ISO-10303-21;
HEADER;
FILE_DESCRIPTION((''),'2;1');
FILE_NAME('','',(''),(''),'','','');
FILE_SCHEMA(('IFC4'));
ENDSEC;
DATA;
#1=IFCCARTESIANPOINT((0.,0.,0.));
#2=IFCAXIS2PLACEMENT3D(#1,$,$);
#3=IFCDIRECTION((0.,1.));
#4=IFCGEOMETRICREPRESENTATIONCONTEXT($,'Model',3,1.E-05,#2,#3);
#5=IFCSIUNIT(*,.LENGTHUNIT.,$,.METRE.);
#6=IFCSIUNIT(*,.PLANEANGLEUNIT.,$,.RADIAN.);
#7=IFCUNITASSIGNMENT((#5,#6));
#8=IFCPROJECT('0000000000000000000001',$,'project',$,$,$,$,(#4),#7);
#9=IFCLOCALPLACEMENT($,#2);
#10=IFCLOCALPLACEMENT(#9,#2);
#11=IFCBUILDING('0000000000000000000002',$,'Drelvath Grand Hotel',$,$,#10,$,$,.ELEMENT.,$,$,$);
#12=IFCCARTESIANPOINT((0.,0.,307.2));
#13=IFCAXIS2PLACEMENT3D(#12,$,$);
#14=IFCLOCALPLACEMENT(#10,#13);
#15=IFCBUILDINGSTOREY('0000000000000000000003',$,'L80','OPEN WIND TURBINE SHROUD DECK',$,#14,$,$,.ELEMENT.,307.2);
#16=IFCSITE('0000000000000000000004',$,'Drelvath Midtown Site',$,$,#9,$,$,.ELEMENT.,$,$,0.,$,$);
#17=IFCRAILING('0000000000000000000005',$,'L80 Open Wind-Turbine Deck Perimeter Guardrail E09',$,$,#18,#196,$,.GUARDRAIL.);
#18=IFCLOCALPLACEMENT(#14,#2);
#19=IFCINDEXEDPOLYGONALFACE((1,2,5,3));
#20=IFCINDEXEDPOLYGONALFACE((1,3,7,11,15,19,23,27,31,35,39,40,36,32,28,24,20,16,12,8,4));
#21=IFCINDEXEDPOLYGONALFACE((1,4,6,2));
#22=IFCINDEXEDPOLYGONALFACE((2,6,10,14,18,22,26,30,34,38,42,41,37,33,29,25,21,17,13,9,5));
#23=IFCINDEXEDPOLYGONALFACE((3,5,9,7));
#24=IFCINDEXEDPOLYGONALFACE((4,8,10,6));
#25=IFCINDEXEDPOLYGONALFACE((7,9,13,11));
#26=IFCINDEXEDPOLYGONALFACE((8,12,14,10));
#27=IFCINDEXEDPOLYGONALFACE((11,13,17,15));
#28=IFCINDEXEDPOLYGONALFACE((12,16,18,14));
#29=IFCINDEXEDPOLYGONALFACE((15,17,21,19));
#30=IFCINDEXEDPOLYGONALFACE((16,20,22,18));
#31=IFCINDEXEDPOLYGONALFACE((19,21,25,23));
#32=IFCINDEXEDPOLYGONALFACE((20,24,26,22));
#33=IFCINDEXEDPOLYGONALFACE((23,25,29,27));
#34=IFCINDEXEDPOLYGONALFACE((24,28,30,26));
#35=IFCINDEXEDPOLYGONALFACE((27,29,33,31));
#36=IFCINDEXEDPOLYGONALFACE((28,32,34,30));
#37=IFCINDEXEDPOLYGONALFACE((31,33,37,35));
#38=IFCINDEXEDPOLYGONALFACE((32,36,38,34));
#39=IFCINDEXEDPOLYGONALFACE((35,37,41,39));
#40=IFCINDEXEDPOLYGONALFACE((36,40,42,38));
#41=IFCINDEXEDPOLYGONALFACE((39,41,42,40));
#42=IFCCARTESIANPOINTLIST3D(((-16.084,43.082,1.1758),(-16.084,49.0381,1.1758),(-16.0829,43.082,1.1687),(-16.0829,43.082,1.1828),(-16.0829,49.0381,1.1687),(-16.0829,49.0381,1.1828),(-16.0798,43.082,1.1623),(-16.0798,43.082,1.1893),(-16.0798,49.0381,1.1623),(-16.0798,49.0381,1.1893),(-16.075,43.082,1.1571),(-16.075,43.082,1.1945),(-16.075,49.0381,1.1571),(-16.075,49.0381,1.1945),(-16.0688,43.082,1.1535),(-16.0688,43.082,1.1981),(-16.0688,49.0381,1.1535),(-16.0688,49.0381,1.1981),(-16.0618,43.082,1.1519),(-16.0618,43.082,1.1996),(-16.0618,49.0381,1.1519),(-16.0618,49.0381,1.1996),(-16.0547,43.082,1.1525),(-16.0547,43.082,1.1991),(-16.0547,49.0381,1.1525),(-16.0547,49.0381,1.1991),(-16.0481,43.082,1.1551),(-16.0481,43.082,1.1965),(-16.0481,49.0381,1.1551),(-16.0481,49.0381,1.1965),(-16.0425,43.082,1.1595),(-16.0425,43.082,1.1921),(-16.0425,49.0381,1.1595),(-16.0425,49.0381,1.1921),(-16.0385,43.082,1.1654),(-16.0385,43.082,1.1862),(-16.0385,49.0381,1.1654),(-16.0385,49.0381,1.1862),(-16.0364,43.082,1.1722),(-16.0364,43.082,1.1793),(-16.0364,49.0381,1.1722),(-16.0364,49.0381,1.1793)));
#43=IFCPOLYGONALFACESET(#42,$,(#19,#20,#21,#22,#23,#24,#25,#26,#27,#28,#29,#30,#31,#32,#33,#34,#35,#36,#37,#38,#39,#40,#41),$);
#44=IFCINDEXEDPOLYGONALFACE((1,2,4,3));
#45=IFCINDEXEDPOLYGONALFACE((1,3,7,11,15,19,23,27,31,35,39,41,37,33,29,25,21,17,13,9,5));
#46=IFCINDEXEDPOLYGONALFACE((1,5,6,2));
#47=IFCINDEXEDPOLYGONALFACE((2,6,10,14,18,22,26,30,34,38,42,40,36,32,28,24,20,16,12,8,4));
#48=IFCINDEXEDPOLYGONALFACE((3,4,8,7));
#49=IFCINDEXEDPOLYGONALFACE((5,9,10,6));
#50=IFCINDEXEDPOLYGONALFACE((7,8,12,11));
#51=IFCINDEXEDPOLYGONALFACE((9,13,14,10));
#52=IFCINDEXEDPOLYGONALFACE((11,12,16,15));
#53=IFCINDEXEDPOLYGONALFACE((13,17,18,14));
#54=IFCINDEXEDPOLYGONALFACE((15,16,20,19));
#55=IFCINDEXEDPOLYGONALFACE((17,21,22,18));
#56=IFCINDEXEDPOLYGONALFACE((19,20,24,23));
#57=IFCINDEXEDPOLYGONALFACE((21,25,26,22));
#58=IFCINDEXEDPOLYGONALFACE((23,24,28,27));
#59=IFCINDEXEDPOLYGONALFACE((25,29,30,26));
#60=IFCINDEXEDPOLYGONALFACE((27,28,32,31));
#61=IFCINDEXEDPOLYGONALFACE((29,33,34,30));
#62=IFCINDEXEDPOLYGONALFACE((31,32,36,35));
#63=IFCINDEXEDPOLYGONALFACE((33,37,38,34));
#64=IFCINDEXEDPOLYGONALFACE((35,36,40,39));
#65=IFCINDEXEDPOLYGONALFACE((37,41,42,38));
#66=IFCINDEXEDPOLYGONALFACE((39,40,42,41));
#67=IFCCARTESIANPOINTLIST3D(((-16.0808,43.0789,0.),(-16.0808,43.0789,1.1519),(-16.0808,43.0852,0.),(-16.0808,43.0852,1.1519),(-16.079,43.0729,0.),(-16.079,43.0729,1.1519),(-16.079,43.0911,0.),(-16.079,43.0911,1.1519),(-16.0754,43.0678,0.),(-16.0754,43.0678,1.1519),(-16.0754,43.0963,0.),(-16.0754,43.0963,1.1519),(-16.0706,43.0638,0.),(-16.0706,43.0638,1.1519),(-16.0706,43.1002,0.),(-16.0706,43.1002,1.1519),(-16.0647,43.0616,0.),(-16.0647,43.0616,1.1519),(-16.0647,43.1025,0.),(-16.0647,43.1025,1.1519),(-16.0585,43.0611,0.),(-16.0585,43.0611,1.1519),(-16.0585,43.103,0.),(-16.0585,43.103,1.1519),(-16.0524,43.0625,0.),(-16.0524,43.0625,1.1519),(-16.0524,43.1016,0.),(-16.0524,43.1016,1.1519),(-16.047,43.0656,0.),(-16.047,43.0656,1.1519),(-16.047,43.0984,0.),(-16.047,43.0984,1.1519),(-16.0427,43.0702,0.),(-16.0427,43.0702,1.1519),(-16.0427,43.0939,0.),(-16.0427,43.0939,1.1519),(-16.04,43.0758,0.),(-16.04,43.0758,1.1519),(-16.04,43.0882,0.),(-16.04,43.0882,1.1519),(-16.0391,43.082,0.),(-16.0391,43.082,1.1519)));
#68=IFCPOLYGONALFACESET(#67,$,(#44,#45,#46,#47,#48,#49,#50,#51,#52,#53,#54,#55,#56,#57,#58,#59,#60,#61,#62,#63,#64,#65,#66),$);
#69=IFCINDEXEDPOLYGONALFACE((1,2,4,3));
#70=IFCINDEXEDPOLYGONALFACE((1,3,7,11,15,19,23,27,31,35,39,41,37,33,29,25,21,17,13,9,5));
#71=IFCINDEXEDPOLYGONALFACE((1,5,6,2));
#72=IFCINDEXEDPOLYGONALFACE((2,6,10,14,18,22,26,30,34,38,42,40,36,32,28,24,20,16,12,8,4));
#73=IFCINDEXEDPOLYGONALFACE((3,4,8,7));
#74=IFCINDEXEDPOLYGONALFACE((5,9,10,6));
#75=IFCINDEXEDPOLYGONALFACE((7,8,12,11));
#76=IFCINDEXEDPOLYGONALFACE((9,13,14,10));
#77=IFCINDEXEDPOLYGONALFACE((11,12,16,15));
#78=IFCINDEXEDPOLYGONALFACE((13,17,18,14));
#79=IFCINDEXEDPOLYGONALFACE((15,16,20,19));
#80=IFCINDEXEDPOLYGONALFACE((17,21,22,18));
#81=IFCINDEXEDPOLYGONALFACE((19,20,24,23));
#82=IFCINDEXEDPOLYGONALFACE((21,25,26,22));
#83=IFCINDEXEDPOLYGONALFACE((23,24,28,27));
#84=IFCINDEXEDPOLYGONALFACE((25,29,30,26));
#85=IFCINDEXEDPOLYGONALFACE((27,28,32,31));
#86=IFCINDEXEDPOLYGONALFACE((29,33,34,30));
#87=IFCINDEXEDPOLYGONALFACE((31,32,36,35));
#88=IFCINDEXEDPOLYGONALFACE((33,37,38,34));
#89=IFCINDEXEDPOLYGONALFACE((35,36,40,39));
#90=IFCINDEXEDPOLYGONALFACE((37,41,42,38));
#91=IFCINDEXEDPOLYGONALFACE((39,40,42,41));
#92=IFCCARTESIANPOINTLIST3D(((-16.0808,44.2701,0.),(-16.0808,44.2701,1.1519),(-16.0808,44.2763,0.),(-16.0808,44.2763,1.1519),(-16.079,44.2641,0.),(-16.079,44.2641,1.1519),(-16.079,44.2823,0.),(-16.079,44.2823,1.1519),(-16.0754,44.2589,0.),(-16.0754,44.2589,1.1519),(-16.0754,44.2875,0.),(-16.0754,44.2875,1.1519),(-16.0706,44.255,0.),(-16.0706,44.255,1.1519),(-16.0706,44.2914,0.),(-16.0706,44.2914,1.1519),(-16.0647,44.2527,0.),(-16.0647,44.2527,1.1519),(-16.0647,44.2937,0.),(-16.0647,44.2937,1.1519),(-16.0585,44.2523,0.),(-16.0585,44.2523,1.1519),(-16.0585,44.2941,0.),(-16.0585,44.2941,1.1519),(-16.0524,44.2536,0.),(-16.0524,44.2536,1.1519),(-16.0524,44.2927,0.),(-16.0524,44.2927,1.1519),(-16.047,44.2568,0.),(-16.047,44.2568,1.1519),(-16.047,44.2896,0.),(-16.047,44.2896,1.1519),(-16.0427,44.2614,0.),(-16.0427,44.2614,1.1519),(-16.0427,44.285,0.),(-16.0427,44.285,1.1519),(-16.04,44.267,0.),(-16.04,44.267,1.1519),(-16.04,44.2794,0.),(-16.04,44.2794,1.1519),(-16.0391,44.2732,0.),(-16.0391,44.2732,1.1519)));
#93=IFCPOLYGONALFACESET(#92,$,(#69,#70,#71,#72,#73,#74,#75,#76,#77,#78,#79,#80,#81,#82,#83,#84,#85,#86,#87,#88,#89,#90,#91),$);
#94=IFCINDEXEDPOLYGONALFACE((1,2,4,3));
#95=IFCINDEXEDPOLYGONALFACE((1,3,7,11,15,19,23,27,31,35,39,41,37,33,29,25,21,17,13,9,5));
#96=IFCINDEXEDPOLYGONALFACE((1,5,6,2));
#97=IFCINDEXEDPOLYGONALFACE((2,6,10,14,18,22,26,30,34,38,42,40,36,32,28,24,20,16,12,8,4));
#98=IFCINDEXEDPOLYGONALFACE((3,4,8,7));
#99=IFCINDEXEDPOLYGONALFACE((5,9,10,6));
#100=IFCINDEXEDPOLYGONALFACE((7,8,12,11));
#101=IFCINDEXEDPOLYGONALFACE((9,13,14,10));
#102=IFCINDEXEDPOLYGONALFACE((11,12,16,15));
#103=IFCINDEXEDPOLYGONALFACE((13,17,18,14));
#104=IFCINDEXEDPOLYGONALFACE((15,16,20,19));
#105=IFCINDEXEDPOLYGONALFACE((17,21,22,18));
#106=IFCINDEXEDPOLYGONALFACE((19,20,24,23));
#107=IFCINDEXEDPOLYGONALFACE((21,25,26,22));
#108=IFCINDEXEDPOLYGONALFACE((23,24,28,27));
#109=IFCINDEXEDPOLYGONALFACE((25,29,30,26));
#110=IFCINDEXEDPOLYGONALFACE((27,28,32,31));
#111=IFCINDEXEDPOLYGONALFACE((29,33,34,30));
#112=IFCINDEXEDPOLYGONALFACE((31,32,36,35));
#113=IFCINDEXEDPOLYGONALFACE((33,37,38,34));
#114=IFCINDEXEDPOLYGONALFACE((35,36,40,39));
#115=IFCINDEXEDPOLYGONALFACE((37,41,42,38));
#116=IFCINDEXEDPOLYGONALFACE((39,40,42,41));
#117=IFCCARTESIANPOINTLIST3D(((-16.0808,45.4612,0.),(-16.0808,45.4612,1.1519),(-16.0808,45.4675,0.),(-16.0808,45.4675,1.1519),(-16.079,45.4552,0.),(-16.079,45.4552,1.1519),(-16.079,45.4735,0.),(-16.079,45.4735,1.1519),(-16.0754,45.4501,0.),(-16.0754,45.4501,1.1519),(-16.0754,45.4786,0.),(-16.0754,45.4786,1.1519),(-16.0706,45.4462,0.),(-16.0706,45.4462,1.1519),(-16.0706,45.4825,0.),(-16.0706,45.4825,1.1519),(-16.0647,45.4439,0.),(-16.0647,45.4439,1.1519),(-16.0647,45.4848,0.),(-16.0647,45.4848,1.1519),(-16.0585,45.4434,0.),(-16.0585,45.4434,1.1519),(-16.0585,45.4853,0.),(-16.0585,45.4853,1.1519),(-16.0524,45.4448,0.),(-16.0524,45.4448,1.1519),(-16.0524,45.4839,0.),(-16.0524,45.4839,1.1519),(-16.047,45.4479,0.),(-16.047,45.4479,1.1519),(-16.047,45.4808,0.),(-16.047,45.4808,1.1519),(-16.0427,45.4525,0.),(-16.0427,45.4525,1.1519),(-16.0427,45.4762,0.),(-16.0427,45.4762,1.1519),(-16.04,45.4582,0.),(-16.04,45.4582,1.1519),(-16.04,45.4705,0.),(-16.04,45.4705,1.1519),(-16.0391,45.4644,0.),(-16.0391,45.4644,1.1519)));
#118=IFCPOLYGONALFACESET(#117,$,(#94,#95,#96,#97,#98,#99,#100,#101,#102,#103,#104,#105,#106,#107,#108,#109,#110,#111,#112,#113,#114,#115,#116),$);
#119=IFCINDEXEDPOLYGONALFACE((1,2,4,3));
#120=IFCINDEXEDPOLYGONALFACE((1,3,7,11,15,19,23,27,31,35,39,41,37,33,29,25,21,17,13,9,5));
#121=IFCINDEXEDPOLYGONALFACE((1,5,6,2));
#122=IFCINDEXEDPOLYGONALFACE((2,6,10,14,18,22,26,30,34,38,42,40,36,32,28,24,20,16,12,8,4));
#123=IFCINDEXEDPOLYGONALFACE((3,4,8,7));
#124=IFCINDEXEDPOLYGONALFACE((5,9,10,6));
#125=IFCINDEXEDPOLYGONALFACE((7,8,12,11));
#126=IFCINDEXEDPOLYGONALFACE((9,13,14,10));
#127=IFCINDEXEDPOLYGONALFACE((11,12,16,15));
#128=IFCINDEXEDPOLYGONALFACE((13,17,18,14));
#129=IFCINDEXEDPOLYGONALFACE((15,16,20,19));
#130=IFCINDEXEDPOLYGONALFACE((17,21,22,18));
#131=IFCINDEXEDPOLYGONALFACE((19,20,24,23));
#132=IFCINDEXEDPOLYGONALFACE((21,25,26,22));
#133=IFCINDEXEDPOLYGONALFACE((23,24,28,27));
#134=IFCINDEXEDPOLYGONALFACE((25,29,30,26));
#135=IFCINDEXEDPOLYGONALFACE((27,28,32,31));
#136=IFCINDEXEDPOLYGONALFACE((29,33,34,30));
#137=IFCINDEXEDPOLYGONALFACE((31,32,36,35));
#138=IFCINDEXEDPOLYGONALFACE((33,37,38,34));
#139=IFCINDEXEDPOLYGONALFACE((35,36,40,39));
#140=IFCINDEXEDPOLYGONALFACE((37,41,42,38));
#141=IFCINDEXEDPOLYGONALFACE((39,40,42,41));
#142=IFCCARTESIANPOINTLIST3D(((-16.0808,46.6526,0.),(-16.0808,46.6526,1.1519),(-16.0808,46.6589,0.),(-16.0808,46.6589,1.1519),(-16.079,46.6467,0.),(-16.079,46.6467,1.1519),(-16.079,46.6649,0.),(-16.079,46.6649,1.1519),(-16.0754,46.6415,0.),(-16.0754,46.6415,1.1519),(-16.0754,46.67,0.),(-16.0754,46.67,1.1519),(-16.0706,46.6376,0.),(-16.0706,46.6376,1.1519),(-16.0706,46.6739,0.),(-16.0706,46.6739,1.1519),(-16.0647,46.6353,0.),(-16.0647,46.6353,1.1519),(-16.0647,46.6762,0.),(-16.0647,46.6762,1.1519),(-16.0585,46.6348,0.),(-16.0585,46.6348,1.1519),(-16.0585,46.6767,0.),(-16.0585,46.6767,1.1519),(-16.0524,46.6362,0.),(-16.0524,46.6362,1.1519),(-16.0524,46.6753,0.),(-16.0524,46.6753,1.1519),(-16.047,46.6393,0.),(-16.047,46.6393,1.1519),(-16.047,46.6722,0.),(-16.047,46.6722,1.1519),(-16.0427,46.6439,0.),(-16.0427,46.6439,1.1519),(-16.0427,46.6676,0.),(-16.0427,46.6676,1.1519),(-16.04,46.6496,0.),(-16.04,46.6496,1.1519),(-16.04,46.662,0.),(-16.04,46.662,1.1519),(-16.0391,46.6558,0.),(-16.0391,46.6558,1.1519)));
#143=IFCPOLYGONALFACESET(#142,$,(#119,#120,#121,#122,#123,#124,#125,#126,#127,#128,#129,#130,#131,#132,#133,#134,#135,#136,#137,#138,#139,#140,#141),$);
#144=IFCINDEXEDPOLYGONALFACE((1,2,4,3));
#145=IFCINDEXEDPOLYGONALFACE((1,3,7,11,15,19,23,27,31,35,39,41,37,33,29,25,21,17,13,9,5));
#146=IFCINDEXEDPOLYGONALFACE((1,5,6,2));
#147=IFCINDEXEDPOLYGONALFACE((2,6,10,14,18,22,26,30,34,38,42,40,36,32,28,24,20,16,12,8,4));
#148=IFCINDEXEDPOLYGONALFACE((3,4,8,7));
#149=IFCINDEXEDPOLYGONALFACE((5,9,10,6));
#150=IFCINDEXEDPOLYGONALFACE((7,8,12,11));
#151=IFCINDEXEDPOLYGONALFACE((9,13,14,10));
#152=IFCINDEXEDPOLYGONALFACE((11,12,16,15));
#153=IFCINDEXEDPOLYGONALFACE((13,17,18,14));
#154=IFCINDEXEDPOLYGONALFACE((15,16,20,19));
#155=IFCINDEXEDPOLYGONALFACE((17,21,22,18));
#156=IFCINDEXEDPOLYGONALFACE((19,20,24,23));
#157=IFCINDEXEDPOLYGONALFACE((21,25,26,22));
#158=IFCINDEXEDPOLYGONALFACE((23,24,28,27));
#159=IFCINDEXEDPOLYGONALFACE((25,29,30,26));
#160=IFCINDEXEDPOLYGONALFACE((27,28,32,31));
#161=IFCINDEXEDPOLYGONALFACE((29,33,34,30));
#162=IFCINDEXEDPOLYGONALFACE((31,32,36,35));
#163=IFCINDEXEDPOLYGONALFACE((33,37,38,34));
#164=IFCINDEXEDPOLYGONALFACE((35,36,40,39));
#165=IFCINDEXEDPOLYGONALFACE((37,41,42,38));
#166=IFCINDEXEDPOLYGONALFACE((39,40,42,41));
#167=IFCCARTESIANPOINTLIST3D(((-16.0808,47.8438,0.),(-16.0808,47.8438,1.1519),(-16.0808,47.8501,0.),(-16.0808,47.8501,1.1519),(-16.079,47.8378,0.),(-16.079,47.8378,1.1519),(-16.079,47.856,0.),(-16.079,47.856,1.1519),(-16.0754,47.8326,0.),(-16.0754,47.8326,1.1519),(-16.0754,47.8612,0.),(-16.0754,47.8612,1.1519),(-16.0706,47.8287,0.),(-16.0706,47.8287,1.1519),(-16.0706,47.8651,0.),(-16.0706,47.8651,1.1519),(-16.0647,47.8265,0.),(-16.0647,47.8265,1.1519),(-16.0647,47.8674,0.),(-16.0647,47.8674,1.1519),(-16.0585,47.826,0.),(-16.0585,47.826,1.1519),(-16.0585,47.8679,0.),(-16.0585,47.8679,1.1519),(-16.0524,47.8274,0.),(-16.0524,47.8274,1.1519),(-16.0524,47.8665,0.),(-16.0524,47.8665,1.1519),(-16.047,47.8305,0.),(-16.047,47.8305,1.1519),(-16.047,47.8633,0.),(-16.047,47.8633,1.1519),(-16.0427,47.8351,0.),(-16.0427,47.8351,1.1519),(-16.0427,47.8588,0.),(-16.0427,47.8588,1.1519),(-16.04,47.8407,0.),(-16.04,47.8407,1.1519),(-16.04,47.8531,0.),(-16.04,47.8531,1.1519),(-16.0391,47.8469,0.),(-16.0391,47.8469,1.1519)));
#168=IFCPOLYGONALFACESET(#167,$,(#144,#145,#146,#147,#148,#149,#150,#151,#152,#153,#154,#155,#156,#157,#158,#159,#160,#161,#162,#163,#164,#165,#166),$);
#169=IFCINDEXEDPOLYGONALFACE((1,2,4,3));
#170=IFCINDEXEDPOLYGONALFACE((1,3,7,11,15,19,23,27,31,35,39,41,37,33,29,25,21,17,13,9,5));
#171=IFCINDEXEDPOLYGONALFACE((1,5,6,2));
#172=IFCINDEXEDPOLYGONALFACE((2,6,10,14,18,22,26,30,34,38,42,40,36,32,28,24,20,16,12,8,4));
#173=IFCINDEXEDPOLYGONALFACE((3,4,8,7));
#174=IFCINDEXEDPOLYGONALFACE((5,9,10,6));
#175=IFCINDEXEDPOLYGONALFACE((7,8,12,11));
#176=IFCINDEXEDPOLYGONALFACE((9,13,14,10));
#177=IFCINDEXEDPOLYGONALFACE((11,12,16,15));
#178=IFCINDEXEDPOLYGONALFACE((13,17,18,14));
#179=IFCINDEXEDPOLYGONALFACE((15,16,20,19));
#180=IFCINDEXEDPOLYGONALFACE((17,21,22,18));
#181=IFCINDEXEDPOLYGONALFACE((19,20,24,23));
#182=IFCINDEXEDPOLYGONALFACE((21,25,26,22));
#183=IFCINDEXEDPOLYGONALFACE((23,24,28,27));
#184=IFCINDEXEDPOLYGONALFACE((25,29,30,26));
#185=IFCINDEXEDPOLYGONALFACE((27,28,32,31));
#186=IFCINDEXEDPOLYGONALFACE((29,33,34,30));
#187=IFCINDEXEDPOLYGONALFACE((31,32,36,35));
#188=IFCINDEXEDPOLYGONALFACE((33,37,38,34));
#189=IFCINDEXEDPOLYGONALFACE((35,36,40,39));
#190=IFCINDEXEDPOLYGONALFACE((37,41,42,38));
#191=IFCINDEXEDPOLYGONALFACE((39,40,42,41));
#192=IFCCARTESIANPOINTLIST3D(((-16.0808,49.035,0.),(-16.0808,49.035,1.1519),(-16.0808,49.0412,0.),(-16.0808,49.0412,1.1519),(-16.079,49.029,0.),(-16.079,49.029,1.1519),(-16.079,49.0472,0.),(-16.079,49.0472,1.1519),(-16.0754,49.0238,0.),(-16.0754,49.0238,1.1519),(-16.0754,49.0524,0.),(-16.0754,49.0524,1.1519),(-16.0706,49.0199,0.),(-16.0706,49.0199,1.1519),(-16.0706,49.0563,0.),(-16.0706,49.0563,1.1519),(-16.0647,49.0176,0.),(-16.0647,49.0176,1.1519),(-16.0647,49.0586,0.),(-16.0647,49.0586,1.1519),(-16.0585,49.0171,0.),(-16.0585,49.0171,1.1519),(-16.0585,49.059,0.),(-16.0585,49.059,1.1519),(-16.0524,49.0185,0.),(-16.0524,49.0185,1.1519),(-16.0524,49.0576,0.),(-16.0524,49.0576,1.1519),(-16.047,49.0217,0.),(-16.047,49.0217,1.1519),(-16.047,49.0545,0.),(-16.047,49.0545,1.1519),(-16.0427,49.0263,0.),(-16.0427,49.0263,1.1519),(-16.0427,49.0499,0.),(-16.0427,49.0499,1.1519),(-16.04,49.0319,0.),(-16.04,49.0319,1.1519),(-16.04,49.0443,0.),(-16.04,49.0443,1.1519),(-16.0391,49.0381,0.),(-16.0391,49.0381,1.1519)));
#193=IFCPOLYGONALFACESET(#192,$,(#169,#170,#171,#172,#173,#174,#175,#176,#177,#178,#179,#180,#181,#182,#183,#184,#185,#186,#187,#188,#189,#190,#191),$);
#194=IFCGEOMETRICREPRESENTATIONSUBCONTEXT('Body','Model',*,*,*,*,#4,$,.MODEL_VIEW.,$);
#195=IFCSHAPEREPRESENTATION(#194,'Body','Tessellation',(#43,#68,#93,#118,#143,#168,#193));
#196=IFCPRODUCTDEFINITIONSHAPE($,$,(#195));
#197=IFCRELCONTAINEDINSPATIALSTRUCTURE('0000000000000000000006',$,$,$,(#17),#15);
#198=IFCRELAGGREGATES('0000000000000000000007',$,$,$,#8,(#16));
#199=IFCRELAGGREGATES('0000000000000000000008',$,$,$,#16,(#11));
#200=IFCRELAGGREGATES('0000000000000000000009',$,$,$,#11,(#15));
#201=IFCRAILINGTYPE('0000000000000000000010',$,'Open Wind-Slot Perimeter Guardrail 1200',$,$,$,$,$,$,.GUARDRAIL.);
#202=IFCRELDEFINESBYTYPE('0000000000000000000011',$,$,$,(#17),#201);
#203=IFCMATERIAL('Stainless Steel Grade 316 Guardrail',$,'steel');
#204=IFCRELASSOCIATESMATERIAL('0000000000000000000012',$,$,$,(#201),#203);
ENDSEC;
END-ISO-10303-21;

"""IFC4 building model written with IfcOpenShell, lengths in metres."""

from ifc_helpers import new_model, si_unit, direction, frame, origin, origin_2d, place, context, subcontext, project, spatial, circle, extrude, material, type_object, element, save


model = new_model("IFC4")

# Units and contexts
model_context = context("Model", 3, precision=1e-05, world=origin(), true_north=direction((0.0, 1.0)))
body_context = subcontext(model_context, "Body", "Model", "MODEL_VIEW")
ifc_project = project(units=[si_unit("LENGTHUNIT", "METRE"), si_unit("PLANEANGLEUNIT", "RADIAN")], contexts=[model_context])

# Site, building, storey
site_placement = place(None, origin())
site = spatial("IfcSite", under=ifc_project, at=site_placement, Name="Drelvath Midtown Site", CompositionType="ELEMENT", RefElevation=0.0)
building_placement = place(site_placement, origin())
building = spatial("IfcBuilding", under=site, at=building_placement, Name="Drelvath Grand Hotel", CompositionType="ELEMENT")
storey_placement = place(building_placement, frame((0.0, 0.0, 307.2)))
storey = spatial("IfcBuildingStorey", under=building, at=storey_placement, Name="L80", Description="OPEN WIND TURBINE SHROUD DECK", CompositionType="ELEMENT", Elevation=307.2)

# Railing
ifc_material_1 = material(Name="Stainless Steel Grade 316 Guardrail", Category="steel")
railing_type = type_object("IfcRailingType", Name="Open Wind-Slot Perimeter Guardrail 1200", PredefinedType="GUARDRAIL", material=ifc_material_1)
railing_1_placement = place(storey_placement, frame((-16.0601, 43.082, 0.0)))
element("IfcRailing", 1, at=railing_1_placement, inside=storey, type_object=railing_type, Name="L80 Open Wind-Turbine Deck Perimeter Guardrail E09", PredefinedType="GUARDRAIL", context=body_context, shape_type="SweptSolid", body=[
    extrude(circle(Radius=0.0239, at=origin_2d()), frame((0.0, 0.0, 1.1758), z_axis=(0.0, 1.0, 0.0), x_axis=(-1.0, 0.0, 0.0)), (0.0, 0.0, 1.0), 5.9561),
    extrude(circle(Radius=0.021, at=origin_2d()), origin(), (0.0, 0.0, 1.0), 1.1519),
    extrude(circle(Radius=0.021, at=origin_2d()), frame((0.0, 1.1912, 0.0)), (0.0, 0.0, 1.0), 1.1519),
    extrude(circle(Radius=0.021, at=origin_2d()), frame((0.0, 2.3823, 0.0)), (0.0, 0.0, 1.0), 1.1519),
    extrude(circle(Radius=0.021, at=origin_2d()), frame((0.0, 3.5737, 0.0)), (0.0, 0.0, 1.0), 1.1519),
    extrude(circle(Radius=0.021, at=origin_2d()), frame((0.0, 4.7649, 0.0)), (0.0, 0.0, 1.0), 1.1519),
    extrude(circle(Radius=0.021, at=origin_2d()), frame((0.0, 5.9561, 0.0)), (0.0, 0.0, 1.0), 1.1519),
])

save(model, "model.ifc")
